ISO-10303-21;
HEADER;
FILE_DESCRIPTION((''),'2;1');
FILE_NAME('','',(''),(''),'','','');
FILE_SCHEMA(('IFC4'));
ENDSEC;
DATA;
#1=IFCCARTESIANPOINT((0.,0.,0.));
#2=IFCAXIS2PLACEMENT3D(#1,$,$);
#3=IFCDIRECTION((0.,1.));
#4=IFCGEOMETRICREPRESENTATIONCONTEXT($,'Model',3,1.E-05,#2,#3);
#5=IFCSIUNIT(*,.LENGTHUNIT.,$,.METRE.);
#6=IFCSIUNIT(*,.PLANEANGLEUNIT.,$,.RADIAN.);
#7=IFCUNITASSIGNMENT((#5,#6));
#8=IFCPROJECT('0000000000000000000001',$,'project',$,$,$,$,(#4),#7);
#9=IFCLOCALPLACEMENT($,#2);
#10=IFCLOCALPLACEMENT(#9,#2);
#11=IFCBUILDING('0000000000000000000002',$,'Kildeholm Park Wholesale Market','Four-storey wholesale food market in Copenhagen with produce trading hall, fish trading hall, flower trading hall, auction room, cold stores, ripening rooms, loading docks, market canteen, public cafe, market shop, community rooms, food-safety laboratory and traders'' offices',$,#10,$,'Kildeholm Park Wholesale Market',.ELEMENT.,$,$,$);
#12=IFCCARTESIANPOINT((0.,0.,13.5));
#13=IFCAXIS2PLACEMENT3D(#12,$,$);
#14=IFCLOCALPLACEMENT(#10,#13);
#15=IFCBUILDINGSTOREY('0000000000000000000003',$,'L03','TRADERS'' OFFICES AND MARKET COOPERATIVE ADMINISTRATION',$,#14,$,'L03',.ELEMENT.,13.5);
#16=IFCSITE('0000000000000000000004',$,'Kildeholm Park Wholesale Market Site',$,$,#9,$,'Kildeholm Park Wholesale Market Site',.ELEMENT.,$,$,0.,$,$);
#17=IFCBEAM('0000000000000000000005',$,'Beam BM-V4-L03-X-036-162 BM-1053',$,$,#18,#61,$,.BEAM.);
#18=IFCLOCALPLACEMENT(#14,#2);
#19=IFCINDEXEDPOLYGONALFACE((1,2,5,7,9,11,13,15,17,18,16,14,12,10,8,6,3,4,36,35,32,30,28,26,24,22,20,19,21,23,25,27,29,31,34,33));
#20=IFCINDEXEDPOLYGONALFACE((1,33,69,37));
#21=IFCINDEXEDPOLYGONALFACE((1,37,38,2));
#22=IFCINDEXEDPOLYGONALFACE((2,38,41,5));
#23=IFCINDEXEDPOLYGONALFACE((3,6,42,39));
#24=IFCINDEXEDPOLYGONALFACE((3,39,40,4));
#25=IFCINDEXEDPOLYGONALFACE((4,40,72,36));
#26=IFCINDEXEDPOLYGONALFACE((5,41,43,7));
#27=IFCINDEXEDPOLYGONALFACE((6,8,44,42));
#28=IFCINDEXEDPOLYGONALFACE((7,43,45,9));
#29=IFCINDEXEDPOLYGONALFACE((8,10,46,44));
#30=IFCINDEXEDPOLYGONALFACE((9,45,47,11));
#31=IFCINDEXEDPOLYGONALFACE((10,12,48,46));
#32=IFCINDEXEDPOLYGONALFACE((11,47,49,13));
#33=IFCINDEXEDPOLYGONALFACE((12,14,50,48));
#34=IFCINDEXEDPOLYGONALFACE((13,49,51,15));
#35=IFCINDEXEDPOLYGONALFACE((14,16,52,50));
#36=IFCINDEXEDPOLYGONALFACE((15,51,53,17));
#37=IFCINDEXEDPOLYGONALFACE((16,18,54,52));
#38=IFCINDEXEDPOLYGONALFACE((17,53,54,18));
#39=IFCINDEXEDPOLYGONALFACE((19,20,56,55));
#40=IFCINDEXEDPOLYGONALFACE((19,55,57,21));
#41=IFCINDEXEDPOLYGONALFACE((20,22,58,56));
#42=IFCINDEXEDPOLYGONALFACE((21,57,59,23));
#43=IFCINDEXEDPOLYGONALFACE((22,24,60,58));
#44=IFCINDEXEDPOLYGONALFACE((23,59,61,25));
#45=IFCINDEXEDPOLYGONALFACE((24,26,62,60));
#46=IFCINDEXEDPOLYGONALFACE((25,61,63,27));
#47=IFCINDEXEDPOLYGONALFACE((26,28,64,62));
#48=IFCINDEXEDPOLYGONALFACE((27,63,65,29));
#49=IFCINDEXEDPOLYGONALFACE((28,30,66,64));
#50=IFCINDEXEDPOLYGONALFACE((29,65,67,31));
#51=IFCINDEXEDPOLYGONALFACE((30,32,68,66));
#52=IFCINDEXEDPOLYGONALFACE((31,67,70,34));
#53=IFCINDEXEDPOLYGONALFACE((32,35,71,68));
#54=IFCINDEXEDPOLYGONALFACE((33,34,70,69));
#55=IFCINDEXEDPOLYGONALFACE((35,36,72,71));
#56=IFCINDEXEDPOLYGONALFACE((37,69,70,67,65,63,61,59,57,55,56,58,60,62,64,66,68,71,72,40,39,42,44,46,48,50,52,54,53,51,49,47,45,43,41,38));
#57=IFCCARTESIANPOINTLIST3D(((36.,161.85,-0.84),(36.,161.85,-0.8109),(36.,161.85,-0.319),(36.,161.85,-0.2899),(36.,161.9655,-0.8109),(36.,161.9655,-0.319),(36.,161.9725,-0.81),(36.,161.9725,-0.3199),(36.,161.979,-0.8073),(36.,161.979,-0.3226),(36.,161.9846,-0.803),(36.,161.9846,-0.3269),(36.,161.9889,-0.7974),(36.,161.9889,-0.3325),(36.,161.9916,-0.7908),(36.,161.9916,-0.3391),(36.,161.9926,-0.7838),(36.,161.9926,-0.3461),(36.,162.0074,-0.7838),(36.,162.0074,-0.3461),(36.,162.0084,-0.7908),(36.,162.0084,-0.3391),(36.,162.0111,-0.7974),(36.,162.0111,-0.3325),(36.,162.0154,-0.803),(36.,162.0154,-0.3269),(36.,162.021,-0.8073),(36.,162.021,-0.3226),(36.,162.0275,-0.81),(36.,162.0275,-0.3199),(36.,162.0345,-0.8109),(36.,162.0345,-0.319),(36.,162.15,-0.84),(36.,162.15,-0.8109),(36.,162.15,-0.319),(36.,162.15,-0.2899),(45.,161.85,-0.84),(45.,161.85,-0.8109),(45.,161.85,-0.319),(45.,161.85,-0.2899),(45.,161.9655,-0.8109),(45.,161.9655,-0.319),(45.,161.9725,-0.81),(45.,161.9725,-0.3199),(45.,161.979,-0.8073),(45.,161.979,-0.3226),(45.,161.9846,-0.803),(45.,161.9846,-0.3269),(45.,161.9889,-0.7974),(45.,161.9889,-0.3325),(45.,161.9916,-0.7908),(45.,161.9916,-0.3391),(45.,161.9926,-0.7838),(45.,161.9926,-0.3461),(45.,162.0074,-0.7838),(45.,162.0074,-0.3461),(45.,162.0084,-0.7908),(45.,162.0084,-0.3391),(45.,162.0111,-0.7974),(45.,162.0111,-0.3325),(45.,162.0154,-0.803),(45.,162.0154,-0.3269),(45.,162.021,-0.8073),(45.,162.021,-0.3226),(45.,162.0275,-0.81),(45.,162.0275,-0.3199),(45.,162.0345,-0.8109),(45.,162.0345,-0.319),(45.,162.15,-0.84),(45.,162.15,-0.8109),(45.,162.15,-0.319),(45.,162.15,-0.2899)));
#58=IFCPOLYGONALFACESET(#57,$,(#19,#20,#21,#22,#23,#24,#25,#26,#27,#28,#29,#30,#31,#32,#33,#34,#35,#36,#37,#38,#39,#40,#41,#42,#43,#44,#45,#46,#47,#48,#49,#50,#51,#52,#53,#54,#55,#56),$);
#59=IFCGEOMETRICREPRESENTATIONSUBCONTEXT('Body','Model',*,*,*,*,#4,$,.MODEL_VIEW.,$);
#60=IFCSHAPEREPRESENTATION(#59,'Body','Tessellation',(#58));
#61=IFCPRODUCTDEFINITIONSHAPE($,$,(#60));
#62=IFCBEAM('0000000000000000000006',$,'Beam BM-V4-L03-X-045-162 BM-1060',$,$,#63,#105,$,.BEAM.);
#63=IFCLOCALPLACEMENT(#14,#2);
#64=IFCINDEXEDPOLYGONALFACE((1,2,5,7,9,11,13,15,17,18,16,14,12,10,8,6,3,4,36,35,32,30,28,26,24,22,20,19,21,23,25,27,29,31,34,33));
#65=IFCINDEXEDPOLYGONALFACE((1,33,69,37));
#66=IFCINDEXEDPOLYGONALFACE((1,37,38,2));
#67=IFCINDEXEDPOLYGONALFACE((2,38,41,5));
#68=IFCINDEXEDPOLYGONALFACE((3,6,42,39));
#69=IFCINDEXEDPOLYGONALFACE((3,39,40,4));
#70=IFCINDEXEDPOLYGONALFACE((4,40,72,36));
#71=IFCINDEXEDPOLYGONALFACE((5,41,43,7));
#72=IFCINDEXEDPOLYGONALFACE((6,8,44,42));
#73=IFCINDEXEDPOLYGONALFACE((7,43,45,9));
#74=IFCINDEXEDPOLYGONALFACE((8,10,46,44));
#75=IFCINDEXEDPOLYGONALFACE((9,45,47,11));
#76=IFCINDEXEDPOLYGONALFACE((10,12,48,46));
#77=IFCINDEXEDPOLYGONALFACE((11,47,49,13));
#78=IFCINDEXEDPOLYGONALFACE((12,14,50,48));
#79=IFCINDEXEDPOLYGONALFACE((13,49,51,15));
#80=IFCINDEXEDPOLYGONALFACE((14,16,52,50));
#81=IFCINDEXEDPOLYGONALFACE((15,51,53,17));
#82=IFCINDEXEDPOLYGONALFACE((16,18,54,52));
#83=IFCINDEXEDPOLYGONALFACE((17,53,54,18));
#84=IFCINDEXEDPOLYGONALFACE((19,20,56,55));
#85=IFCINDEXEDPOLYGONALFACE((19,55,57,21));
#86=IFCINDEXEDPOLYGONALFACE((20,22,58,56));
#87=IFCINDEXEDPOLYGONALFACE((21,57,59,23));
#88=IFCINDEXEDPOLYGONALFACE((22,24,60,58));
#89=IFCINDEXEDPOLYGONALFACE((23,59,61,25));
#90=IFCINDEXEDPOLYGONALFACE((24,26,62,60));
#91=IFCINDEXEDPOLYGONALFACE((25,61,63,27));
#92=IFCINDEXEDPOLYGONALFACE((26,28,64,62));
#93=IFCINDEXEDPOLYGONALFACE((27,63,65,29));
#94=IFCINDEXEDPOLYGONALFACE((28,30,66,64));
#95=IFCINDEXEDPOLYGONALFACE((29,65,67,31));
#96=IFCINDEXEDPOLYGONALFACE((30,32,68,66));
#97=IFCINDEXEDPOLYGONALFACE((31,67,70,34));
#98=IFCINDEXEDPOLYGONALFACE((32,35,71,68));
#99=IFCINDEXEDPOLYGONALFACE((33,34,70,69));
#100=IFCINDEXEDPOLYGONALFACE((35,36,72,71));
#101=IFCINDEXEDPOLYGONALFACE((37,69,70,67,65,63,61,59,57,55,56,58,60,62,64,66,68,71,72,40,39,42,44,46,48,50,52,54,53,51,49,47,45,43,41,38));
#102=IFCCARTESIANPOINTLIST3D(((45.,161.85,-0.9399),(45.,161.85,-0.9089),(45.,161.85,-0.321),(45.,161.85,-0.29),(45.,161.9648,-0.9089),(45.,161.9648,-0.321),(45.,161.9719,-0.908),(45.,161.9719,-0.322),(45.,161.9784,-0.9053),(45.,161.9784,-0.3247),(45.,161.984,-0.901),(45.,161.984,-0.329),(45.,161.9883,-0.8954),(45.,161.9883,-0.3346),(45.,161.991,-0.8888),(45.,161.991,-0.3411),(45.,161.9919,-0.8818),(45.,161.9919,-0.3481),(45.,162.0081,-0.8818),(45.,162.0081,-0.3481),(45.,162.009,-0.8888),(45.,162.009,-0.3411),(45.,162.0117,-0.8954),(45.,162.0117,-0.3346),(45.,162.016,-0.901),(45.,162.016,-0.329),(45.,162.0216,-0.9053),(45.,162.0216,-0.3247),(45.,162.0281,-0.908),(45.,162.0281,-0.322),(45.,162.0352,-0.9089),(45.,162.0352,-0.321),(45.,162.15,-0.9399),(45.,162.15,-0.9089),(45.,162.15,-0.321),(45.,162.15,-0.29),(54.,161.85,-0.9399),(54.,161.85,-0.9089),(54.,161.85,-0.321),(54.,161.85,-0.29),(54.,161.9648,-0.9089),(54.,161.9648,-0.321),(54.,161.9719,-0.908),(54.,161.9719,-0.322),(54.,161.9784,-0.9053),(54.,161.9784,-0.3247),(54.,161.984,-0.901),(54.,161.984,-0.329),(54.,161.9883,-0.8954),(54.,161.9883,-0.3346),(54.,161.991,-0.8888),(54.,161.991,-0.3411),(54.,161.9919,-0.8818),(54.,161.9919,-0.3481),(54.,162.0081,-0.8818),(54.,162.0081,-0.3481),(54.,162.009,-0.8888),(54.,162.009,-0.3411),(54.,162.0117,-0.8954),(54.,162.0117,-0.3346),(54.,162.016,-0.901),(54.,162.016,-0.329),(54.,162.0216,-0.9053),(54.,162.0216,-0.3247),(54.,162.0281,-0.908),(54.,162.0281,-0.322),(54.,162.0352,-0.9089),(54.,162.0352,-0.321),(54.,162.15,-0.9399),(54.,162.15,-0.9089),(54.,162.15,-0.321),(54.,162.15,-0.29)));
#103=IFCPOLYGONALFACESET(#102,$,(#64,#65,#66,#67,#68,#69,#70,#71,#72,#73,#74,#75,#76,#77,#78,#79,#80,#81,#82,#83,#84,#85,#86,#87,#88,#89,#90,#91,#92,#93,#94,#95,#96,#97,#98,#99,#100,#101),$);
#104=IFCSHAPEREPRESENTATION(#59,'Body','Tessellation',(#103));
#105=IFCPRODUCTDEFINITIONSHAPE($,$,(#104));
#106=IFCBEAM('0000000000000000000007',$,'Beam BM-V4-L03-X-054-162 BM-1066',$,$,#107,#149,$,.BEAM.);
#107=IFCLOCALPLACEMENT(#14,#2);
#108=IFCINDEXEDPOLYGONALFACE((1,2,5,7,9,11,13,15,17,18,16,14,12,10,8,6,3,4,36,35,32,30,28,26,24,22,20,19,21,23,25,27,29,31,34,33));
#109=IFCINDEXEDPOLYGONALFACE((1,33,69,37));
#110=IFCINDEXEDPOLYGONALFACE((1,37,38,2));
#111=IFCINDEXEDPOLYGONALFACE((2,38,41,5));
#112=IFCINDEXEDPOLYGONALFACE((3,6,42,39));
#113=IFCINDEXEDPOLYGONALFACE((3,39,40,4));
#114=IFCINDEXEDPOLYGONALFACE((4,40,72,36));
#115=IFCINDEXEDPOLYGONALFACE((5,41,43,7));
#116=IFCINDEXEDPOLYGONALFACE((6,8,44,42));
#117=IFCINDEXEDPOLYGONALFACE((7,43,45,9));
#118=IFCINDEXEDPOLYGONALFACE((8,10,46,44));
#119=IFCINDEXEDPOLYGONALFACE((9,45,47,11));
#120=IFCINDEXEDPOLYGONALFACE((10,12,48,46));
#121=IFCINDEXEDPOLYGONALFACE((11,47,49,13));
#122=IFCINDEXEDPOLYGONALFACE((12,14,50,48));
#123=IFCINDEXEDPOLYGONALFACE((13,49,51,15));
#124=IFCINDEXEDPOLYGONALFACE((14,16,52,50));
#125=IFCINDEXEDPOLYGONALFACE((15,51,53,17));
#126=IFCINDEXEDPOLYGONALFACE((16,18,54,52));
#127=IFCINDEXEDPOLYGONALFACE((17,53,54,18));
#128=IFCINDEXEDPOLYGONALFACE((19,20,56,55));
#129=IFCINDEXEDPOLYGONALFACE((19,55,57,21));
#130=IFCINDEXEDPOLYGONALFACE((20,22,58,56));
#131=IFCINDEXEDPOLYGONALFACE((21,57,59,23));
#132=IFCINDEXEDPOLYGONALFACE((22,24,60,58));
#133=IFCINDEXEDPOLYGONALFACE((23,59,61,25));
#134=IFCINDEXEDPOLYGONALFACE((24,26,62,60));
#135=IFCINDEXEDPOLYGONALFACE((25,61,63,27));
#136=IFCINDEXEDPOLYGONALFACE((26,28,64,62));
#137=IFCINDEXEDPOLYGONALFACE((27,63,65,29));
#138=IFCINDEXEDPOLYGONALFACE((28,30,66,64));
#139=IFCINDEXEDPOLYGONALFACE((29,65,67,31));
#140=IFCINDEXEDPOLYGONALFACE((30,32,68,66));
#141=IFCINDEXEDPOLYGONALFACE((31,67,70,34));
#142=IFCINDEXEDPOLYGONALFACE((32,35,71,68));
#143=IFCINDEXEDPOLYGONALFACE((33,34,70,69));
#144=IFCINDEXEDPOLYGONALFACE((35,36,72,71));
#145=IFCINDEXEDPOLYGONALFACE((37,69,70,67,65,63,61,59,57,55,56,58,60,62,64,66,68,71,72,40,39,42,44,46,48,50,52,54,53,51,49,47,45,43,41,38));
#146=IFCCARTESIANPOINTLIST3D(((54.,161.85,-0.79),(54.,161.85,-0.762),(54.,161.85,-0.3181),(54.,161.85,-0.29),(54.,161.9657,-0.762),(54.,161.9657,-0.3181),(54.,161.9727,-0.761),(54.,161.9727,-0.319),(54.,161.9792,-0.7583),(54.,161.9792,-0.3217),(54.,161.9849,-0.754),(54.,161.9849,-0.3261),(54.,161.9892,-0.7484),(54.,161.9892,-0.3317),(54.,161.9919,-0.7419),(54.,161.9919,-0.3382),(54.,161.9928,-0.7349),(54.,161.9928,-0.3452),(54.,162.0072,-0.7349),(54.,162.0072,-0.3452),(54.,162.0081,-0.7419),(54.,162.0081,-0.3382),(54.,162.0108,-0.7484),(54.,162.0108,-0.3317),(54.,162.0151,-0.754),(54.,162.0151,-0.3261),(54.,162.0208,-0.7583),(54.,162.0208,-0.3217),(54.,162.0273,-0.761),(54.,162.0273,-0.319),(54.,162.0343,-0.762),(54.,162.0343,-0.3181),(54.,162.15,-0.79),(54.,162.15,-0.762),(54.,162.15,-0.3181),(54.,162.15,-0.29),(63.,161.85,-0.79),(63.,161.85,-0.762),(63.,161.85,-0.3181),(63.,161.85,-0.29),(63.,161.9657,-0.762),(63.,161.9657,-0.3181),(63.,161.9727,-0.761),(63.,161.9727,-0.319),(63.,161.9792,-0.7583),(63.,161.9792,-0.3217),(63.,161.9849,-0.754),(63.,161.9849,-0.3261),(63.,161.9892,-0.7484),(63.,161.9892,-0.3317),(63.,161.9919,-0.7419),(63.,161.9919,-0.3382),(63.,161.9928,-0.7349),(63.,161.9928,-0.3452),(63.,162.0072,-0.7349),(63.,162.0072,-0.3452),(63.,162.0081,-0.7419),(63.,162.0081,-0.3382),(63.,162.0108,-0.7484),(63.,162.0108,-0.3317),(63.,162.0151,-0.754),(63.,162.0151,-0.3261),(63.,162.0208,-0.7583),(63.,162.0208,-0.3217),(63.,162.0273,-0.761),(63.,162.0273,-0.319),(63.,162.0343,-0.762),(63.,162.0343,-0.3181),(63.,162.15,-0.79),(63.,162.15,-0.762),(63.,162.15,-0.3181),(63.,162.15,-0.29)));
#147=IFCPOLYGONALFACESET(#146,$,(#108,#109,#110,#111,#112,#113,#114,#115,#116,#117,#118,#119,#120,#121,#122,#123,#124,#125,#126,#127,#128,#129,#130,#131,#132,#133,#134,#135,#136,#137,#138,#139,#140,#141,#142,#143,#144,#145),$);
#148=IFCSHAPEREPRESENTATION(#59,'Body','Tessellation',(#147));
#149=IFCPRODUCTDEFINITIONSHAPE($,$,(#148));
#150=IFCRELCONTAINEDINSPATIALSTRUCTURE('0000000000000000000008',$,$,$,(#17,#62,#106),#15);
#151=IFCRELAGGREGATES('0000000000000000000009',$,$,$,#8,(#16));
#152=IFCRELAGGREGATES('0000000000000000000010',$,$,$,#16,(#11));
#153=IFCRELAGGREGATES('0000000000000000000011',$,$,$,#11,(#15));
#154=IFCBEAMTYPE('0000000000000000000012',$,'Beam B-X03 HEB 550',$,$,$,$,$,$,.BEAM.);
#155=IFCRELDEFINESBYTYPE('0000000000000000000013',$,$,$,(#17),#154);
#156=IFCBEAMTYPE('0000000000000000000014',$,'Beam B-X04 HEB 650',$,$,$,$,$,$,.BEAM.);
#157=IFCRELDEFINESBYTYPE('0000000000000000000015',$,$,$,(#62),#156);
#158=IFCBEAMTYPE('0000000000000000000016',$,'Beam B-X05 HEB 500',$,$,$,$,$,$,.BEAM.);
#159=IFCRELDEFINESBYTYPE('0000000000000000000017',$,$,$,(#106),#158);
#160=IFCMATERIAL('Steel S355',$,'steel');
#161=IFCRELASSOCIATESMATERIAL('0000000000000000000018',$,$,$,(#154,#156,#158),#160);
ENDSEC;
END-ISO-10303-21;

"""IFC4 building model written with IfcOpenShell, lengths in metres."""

from ifc_helpers import new_model, si_unit, direction, frame, origin, origin_2d, place, context, subcontext, project, spatial, i_section, extrude, material, material_profile, profile_set, type_object, element, save


model = new_model("IFC4")

# Units and contexts
model_context = context("Model", 3, precision=1e-05, world=origin(), true_north=direction((0.0, 1.0)))
body_context = subcontext(model_context, "Body", "Model", "MODEL_VIEW")
ifc_project = project(units=[si_unit("LENGTHUNIT", "METRE"), si_unit("PLANEANGLEUNIT", "RADIAN")], contexts=[model_context])

# Site, building, storey
site_placement = place(None, origin())
site = spatial("IfcSite", under=ifc_project, at=site_placement, Name="Kildeholm Park Wholesale Market Site", LongName="Kildeholm Park Wholesale Market Site", CompositionType="ELEMENT", RefElevation=0.0)
building_placement = place(site_placement, origin())
building = spatial("IfcBuilding", under=site, at=building_placement, Name="Kildeholm Park Wholesale Market", Description="Four-storey wholesale food market in Copenhagen with produce trading hall, fish trading hall, flower trading hall, auction room, cold stores, ripening rooms, loading docks, market canteen, public cafe, market shop, community rooms, food-safety laboratory and traders' offices", LongName="Kildeholm Park Wholesale Market", CompositionType="ELEMENT")
storey_placement = place(building_placement, frame((0.0, 0.0, 13.5)))
storey = spatial("IfcBuildingStorey", under=building, at=storey_placement, Name="L03", Description="TRADERS' OFFICES AND MARKET COOPERATIVE ADMINISTRATION", LongName="L03", CompositionType="ELEMENT", Elevation=13.5)

# Beams
ifc_material_1 = material(Name="Steel S355", Category="steel")
ifc_material_profile_1 = material_profile(ifc_material_1, i_section(OverallWidth=0.3, OverallDepth=0.55, WebThickness=0.0149, FlangeThickness=0.0291, FilletRadius=0.0271, at=origin_2d()), Name="HEB 550")
ifc_profile_set_1 = profile_set([ifc_material_profile_1], Name="Steel S355")
beam_type_1 = type_object("IfcBeamType", Name="Beam B-X03 HEB 550", PredefinedType="BEAM", material=ifc_profile_set_1)
beam_1_placement = place(storey_placement, frame((36.0, 162.0, -0.5649), z_axis=(1.0, 0.0, 0.0), x_axis=(0.0, 1.0, 0.0)))
element("IfcBeam", 1, at=beam_1_placement, inside=storey, type_object=beam_type_1, Name="Beam BM-V4-L03-X-036-162 BM-1053", PredefinedType="BEAM", context=body_context, shape_type="SweptSolid", body=[
    extrude(i_section(OverallWidth=0.3, OverallDepth=0.55, WebThickness=0.0149, FlangeThickness=0.0291, FilletRadius=0.0271, at=origin_2d()), origin(), (0.0, 0.0, 1.0), 9.0),
])
ifc_material_profile_2 = material_profile(ifc_material_1, i_section(OverallWidth=0.3, OverallDepth=0.6499, WebThickness=0.0161, FlangeThickness=0.031, FilletRadius=0.0271, at=origin_2d()), Name="HEB 650")
ifc_profile_set_2 = profile_set([ifc_material_profile_2], Name="Steel S355")
beam_type_2 = type_object("IfcBeamType", Name="Beam B-X04 HEB 650", PredefinedType="BEAM", material=ifc_profile_set_2)
beam_2_placement = place(storey_placement, frame((45.0, 162.0, -0.615), z_axis=(1.0, 0.0, 0.0), x_axis=(0.0, 1.0, 0.0)))
element("IfcBeam", 2, at=beam_2_placement, inside=storey, type_object=beam_type_2, Name="Beam BM-V4-L03-X-045-162 BM-1060", PredefinedType="BEAM", context=body_context, shape_type="SweptSolid", body=[
    extrude(i_section(OverallWidth=0.3, OverallDepth=0.6499, WebThickness=0.0161, FlangeThickness=0.031, FilletRadius=0.0271, at=origin_2d()), origin(), (0.0, 0.0, 1.0), 9.0),
])
ifc_material_profile_3 = material_profile(ifc_material_1, i_section(OverallWidth=0.3, OverallDepth=0.5, WebThickness=0.0144, FlangeThickness=0.0281, FilletRadius=0.0271, at=origin_2d()), Name="HEB 500")
ifc_profile_set_3 = profile_set([ifc_material_profile_3], Name="Steel S355")
beam_type_3 = type_object("IfcBeamType", Name="Beam B-X05 HEB 500", PredefinedType="BEAM", material=ifc_profile_set_3)
beam_3_placement = place(storey_placement, frame((54.0, 162.0, -0.54), z_axis=(1.0, 0.0, 0.0), x_axis=(0.0, 1.0, 0.0)))
element("IfcBeam", 3, at=beam_3_placement, inside=storey, type_object=beam_type_3, Name="Beam BM-V4-L03-X-054-162 BM-1066", PredefinedType="BEAM", context=body_context, shape_type="SweptSolid", body=[
    extrude(i_section(OverallWidth=0.3, OverallDepth=0.5, WebThickness=0.0144, FlangeThickness=0.0281, FilletRadius=0.0271, at=origin_2d()), origin(), (0.0, 0.0, 1.0), 9.0),
])

save(model, "model.ifc")
